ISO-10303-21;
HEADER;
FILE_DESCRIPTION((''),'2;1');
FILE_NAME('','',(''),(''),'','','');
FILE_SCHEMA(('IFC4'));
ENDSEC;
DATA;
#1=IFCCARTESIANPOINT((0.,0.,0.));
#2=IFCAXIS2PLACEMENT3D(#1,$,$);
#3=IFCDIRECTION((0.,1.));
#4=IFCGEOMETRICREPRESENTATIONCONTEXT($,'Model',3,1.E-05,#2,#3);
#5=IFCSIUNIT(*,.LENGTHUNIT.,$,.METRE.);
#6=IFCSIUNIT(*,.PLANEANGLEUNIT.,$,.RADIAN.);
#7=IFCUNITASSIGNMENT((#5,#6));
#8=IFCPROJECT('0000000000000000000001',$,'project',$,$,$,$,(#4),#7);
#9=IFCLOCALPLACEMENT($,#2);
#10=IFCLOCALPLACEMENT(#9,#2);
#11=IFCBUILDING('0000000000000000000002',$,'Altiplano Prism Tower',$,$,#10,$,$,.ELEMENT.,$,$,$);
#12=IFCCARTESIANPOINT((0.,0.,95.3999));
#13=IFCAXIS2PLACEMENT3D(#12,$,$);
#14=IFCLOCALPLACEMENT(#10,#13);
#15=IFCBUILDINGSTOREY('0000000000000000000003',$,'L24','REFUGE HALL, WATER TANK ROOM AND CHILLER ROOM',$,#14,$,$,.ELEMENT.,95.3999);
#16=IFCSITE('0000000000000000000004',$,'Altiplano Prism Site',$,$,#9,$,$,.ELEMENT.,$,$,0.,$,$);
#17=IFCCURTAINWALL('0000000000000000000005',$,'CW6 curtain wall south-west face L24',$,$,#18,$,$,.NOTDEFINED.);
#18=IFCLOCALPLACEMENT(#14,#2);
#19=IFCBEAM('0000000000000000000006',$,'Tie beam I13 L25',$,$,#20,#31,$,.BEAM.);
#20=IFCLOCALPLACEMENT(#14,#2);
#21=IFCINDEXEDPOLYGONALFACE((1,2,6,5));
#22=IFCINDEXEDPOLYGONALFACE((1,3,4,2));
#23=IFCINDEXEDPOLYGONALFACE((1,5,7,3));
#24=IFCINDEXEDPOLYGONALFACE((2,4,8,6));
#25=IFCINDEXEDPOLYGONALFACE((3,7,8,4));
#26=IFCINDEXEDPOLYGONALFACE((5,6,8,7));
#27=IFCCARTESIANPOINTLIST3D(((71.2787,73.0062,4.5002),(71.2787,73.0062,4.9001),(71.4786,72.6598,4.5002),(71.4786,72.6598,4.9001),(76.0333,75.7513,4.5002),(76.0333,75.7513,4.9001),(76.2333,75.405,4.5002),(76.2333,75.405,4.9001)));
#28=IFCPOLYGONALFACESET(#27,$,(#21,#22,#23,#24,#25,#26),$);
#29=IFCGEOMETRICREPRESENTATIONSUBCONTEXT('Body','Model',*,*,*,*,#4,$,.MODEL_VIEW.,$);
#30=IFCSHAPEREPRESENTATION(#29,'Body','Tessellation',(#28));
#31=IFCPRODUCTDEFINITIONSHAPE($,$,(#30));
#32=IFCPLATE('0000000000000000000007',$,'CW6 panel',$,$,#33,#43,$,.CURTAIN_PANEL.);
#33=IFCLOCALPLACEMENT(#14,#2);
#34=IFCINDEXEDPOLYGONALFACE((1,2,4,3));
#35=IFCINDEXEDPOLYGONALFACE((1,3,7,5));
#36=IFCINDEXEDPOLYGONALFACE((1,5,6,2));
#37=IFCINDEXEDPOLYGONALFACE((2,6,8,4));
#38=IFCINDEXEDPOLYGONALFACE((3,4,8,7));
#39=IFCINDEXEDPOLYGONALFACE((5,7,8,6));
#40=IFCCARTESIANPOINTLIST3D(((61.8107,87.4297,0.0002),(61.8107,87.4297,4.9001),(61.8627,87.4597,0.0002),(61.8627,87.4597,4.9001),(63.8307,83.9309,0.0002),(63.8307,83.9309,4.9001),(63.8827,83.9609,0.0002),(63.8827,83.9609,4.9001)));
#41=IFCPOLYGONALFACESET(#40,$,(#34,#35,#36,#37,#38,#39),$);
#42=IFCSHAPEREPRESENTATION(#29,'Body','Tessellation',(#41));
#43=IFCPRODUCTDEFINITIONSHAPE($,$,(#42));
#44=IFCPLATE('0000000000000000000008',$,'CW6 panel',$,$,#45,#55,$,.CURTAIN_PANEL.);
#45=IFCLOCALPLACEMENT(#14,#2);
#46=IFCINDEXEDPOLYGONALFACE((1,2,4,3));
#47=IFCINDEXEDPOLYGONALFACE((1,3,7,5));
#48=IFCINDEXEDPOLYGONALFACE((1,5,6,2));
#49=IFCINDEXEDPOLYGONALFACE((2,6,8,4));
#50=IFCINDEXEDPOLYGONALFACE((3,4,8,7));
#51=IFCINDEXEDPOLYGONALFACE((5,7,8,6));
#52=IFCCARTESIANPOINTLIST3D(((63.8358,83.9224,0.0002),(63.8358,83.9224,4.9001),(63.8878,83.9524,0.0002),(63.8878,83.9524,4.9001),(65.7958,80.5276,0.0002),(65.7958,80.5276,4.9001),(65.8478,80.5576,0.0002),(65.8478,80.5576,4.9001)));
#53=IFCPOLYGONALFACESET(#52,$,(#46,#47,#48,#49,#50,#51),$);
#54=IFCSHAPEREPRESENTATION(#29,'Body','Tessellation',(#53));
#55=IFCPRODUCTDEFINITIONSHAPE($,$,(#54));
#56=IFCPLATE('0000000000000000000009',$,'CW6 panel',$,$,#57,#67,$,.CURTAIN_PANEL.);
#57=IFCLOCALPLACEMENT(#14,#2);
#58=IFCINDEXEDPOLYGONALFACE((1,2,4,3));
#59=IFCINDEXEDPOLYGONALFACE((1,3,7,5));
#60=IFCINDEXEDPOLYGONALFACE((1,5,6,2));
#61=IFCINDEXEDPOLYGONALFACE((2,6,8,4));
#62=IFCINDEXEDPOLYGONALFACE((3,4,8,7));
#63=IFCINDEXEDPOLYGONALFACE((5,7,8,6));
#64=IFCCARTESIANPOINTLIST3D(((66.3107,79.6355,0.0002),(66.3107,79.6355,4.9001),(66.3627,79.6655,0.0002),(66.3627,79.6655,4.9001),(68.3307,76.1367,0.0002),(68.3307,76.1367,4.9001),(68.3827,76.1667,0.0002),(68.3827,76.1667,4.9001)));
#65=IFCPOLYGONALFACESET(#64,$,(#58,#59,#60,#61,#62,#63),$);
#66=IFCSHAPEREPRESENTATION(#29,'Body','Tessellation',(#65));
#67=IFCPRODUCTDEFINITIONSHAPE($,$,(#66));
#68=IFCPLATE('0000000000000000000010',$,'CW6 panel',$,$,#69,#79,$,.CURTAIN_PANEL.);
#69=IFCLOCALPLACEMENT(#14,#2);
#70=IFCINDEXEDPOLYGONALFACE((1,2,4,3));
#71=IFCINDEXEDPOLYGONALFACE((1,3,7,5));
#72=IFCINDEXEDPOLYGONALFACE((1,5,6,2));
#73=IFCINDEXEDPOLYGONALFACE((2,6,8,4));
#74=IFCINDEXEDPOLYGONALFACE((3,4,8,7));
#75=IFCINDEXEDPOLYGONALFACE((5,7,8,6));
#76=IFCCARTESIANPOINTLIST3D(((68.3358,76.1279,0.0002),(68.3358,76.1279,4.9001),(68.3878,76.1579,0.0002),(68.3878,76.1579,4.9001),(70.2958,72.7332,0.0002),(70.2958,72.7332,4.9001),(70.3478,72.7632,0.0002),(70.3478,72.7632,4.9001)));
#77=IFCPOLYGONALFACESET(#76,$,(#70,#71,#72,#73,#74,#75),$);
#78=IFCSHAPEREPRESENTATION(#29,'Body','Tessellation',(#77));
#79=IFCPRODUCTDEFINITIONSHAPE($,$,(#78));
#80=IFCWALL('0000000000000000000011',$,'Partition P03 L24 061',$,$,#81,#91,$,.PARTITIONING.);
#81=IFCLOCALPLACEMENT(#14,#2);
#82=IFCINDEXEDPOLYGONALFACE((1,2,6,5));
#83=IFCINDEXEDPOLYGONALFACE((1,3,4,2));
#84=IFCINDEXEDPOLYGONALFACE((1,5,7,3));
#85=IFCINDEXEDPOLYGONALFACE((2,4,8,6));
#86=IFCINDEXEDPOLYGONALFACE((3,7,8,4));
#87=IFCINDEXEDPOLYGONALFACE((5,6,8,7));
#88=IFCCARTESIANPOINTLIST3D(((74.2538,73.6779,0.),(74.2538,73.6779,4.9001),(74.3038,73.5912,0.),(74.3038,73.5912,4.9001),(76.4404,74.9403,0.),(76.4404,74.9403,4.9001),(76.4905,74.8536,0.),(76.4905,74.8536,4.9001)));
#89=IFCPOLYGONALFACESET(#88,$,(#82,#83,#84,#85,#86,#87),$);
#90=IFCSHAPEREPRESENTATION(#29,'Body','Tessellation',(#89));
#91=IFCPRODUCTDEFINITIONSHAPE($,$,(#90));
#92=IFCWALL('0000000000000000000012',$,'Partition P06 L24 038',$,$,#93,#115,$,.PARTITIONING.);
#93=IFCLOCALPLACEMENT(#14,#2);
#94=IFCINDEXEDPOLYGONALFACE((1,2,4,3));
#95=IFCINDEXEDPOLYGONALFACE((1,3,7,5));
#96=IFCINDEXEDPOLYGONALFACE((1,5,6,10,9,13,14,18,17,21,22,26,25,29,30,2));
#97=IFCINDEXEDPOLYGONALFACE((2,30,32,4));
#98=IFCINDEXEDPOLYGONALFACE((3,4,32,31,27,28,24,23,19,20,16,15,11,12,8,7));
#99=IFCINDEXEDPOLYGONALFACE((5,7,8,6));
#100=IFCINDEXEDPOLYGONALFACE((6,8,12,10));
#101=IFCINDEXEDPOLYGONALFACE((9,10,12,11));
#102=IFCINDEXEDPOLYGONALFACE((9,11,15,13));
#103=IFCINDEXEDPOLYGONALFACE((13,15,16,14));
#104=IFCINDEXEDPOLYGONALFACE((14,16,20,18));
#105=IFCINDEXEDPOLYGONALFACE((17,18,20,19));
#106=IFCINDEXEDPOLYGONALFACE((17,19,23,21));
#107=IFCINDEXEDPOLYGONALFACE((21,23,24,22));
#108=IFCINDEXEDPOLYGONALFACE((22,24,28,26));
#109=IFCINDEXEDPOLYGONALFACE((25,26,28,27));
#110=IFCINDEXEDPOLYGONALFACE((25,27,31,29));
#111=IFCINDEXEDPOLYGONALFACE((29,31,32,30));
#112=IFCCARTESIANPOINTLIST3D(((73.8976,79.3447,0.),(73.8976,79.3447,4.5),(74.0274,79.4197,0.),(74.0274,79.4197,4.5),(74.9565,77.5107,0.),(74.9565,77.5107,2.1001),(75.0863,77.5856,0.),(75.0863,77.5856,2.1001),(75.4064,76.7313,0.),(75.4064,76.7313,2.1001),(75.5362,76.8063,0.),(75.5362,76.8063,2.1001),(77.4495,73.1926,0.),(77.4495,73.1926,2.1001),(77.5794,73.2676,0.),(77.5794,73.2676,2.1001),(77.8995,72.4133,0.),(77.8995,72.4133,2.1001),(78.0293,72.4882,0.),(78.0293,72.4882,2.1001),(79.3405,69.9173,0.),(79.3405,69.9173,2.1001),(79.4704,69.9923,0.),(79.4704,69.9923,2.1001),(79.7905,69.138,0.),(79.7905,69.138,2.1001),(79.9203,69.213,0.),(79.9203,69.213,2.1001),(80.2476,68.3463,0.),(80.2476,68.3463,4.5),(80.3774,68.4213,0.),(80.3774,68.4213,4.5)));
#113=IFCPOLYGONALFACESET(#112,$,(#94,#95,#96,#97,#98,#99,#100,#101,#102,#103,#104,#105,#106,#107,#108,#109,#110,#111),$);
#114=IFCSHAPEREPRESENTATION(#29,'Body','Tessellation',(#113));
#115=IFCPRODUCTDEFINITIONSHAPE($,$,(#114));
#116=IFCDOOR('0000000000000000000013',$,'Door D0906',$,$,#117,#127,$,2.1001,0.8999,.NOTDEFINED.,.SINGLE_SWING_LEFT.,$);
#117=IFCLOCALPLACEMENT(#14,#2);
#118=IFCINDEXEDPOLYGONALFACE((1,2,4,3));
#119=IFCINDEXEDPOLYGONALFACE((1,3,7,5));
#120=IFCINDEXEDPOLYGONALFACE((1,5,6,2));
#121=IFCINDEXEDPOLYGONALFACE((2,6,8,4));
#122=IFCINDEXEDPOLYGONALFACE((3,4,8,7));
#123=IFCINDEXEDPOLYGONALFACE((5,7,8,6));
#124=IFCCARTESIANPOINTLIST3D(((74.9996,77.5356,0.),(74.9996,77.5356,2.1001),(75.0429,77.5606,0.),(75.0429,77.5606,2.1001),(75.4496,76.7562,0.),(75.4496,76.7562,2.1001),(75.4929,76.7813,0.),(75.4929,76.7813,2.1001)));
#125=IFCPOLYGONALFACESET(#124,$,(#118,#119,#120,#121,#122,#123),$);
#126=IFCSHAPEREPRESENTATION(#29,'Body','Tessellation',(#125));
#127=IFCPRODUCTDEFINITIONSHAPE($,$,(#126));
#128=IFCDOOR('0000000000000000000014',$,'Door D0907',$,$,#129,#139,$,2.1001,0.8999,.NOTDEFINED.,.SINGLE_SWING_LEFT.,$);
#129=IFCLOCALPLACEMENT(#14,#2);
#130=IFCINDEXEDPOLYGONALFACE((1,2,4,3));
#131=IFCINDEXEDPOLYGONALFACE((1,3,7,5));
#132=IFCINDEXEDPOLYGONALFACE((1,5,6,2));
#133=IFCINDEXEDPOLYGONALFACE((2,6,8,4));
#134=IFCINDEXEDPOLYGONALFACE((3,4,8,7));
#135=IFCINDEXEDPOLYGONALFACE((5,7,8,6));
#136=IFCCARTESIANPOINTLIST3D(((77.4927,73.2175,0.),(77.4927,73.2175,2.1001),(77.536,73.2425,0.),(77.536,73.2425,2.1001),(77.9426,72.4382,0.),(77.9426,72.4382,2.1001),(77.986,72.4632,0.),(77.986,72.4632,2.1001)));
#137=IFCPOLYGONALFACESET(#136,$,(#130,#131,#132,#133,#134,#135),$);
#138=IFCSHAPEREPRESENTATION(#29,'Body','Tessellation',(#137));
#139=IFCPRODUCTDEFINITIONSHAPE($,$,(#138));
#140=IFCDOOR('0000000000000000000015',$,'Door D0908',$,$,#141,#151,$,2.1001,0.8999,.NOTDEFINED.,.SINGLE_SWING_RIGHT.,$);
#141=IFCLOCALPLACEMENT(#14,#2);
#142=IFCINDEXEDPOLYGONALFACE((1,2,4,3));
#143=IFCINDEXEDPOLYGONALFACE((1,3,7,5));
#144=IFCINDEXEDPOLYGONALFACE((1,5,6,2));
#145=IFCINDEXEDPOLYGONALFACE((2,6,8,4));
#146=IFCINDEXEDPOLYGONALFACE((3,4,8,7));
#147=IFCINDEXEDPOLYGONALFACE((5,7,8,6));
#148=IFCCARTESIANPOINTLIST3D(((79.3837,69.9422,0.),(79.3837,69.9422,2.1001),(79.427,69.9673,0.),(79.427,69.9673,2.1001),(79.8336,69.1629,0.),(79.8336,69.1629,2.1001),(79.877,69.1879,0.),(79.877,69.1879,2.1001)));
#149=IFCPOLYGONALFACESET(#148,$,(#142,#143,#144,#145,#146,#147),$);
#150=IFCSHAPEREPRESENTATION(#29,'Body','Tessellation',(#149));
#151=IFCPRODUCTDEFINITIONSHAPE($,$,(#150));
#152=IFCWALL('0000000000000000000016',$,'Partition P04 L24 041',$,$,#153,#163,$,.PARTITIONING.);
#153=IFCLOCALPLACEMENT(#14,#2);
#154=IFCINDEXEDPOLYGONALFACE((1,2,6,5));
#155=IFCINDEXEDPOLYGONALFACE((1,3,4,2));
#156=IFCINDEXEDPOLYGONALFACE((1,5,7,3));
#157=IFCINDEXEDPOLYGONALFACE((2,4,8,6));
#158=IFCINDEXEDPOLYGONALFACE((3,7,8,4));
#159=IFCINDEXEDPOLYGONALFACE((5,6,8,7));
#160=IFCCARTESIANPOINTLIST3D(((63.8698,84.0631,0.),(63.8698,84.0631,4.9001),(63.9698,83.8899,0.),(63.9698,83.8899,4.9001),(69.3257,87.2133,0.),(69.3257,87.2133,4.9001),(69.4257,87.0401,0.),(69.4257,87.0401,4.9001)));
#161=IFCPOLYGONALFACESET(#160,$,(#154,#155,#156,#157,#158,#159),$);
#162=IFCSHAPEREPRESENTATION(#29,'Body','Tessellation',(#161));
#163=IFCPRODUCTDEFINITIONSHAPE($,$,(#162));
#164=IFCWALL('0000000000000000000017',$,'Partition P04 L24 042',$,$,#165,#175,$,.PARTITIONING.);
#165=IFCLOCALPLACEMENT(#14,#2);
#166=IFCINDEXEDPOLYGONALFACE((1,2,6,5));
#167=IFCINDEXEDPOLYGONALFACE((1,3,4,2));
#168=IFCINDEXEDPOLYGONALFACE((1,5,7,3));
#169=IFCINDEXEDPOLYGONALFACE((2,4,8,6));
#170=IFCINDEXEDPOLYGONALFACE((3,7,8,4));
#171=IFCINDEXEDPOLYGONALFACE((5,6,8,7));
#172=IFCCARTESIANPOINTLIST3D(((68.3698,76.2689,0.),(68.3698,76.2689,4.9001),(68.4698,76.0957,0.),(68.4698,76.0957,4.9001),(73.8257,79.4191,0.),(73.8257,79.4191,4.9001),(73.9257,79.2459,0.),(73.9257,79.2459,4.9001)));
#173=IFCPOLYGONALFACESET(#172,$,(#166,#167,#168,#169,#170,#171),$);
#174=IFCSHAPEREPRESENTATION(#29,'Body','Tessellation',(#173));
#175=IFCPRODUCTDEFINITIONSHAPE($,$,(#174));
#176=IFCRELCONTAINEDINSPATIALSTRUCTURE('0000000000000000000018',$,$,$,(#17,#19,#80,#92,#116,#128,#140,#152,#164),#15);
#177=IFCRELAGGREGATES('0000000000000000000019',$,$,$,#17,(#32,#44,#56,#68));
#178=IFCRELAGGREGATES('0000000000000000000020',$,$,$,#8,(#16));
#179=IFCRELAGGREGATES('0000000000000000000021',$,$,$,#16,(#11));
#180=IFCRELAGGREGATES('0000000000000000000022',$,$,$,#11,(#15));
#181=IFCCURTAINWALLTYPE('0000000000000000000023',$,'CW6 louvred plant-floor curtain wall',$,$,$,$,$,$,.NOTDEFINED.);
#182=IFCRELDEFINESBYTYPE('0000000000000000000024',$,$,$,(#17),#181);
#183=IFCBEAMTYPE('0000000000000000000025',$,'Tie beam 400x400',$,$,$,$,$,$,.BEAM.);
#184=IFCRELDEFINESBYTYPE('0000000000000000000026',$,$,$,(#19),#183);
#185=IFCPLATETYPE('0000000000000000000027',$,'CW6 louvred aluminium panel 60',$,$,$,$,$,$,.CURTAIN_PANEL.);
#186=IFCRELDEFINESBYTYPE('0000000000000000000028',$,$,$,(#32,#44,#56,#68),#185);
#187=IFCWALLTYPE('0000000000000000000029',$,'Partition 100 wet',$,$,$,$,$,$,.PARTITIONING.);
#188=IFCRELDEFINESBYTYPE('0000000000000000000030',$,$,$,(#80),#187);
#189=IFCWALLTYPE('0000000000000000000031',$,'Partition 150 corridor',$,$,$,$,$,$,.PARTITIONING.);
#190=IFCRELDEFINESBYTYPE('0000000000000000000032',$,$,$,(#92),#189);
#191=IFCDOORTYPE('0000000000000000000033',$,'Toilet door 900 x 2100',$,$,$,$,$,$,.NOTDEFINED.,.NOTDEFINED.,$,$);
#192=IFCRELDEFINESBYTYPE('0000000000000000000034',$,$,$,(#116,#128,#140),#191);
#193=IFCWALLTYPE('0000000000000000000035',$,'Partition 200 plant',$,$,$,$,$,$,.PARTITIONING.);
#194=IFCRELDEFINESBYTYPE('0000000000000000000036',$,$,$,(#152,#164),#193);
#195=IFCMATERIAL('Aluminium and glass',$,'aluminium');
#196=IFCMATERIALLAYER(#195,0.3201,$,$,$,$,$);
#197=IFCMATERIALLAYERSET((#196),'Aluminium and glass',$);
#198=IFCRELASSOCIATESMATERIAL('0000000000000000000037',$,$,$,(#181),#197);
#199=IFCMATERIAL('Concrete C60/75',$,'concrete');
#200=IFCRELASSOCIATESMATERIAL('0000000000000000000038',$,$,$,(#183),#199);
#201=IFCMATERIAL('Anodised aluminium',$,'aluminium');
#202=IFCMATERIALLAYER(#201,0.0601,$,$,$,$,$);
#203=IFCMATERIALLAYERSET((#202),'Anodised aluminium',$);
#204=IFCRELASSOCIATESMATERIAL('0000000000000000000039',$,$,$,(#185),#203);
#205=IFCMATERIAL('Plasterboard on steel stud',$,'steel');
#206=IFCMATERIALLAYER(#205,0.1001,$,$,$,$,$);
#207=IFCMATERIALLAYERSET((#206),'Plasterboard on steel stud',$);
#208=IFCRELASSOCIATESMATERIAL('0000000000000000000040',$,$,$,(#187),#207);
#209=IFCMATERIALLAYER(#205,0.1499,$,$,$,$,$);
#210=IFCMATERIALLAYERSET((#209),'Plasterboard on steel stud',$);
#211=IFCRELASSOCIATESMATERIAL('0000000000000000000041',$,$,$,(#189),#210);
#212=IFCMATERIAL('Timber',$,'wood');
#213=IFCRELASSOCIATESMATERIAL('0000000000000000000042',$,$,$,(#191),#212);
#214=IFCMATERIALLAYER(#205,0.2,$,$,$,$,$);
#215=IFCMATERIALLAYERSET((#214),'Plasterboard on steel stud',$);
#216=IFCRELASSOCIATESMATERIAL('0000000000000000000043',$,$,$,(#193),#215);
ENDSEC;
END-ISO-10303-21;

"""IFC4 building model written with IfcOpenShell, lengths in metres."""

from ifc_helpers import new_model, si_unit, direction, frame, frame_2d, origin, origin_2d, place, context, subcontext, project, spatial, rectangle, extrude, material, layer, layer_set, material_profile, profile_set, type_object, element, fill, aggregate, save


model = new_model("IFC4")

# Units and contexts
model_context = context("Model", 3, precision=1e-05, world=origin(), true_north=direction((0.0, 1.0)))
body_context = subcontext(model_context, "Body", "Model", "MODEL_VIEW")
ifc_project = project(units=[si_unit("LENGTHUNIT", "METRE"), si_unit("PLANEANGLEUNIT", "RADIAN")], contexts=[model_context])

# Site, building, storey
site_placement = place(None, origin())
site = spatial("IfcSite", under=ifc_project, at=site_placement, Name="Altiplano Prism Site", CompositionType="ELEMENT", RefElevation=0.0)
building_placement = place(site_placement, origin())
building = spatial("IfcBuilding", under=site, at=building_placement, Name="Altiplano Prism Tower", CompositionType="ELEMENT")
storey_placement = place(building_placement, frame((0.0, 0.0, 95.3999)))
storey = spatial("IfcBuildingStorey", under=building, at=storey_placement, Name="L24", Description="REFUGE HALL, WATER TANK ROOM AND CHILLER ROOM", CompositionType="ELEMENT", Elevation=95.3999)

# Shared definitions
ifc_material_1 = material(Name="Concrete C60/75", Category="concrete")

# Curtain wall
ifc_material_2 = material(Name="Aluminium and glass", Category="aluminium")
ifc_layer_1 = layer(ifc_material_2, 0.3201)
ifc_layer_set_1 = layer_set([ifc_layer_1], Name="Aluminium and glass")
curtain_wall_type = type_object("IfcCurtainWallType", Name="CW6 louvred plant-floor curtain wall", PredefinedType="NOTDEFINED", material=ifc_layer_set_1)
curtain_wall_placement = place(storey_placement, origin())
curtain_wall = element("IfcCurtainWall", 1, at=curtain_wall_placement, inside=storey, type_object=curtain_wall_type, Name="CW6 curtain wall south-west face L24", PredefinedType="NOTDEFINED")

# Beam
ifc_material_profile_1 = material_profile(ifc_material_1, rectangle(XDim=0.3999, YDim=0.3999, at=origin_2d()), Name="Tie beam 400x400")
ifc_profile_set_1 = profile_set([ifc_material_profile_1], Name="Concrete C60/75")
beam_type = type_object("IfcBeamType", Name="Tie beam 400x400", PredefinedType="BEAM", material=ifc_profile_set_1)
for number, where, z_axis, x_axis, name in (
    (2, (76.1333, 75.5781, 4.7002), (-0.866023, -0.500003, 0.0), (0.500003, -0.866023, 0.0), "Tie beam I13 L25"),
):
    element("IfcBeam", number, at=place(storey_placement, frame(where, z_axis=z_axis, x_axis=x_axis)), inside=storey, type_object=beam_type, Name=name, PredefinedType="BEAM", context=body_context, shape_type="SweptSolid", body=[
        extrude(rectangle(XDim=0.3999, YDim=0.3999, at=origin_2d()), origin(), (0.0, 0.0, 1.0), 5.4902),
    ])

# Plates
ifc_material_3 = material(Name="Anodised aluminium", Category="aluminium")
ifc_layer_2 = layer(ifc_material_3, 0.0601)
ifc_layer_set_2 = layer_set([ifc_layer_2], Name="Anodised aluminium")
plate_type = type_object("IfcPlateType", Name="CW6 louvred aluminium panel 60", PredefinedType="CURTAIN_PANEL", material=ifc_layer_set_2)
plate_1_placement = place(storey_placement, frame((62.8467, 85.6953, 0.0002), z_axis=(0.0, 0.0, 1.0), x_axis=(0.5, -0.866025, 0.0)))
plate_1 = element("IfcPlate", 3, at=plate_1_placement, type_object=plate_type, Name="CW6 panel", PredefinedType="CURTAIN_PANEL", context=body_context, shape_type="SweptSolid", body=[
    extrude(rectangle(XDim=4.04, YDim=0.0601, at=origin_2d()), origin(), (0.0, 0.0, 1.0), 4.8999),
])
plate_2_placement = place(storey_placement, frame((64.8418, 82.24, 0.0002), z_axis=(0.0, 0.0, 1.0), x_axis=(0.5, -0.866025, 0.0)))
plate_2 = element("IfcPlate", 4, at=plate_2_placement, type_object=plate_type, Name="CW6 panel", PredefinedType="CURTAIN_PANEL", context=body_context, shape_type="SweptSolid", body=[
    extrude(rectangle(XDim=3.9199, YDim=0.0601, at=origin_2d()), origin(), (0.0, 0.0, 1.0), 4.8999),
])
plate_3_placement = place(storey_placement, frame((67.3467, 77.9011, 0.0002), z_axis=(0.0, 0.0, 1.0), x_axis=(0.5, -0.866025, 0.0)))
plate_3 = element("IfcPlate", 5, at=plate_3_placement, type_object=plate_type, Name="CW6 panel", PredefinedType="CURTAIN_PANEL", context=body_context, shape_type="SweptSolid", body=[
    extrude(rectangle(XDim=4.04, YDim=0.0601, at=origin_2d()), origin(), (0.0, 0.0, 1.0), 4.8999),
])
plate_4_placement = place(storey_placement, frame((69.3418, 74.4456, 0.0002), z_axis=(0.0, 0.0, 1.0), x_axis=(0.5, -0.866025, 0.0)))
plate_4 = element("IfcPlate", 6, at=plate_4_placement, type_object=plate_type, Name="CW6 panel", PredefinedType="CURTAIN_PANEL", context=body_context, shape_type="SweptSolid", body=[
    extrude(rectangle(XDim=3.9199, YDim=0.0601, at=origin_2d()), origin(), (0.0, 0.0, 1.0), 4.8999),
])
aggregate(curtain_wall, [plate_1, plate_2, plate_3, plate_4])

# Wall
ifc_material_4 = material(Name="Plasterboard on steel stud", Category="steel")
ifc_layer_3 = layer(ifc_material_4, 0.1001)
ifc_layer_set_3 = layer_set([ifc_layer_3], Name="Plasterboard on steel stud")
wall_type_1 = type_object("IfcWallType", Name="Partition 100 wet", PredefinedType="PARTITIONING", material=ifc_layer_set_3)
wall_1_placement = place(storey_placement, frame((74.2788, 73.6345, 0.0), z_axis=(0.0, 0.0, 1.0), x_axis=(0.866039, 0.499976, 0.0)))
element("IfcWall", 7, at=wall_1_placement, inside=storey, type_object=wall_type_1, Name="Partition P03 L24 061", PredefinedType="PARTITIONING", context=body_context, shape_type="SweptSolid", body=[
    extrude(rectangle(XDim=2.5249, YDim=0.1001, at=frame_2d((1.2625, 0.0))), origin(), (0.0, 0.0, 1.0), 4.9001),
])

# Wall, openings, doors
ifc_layer_4 = layer(ifc_material_4, 0.1499)
ifc_layer_set_4 = layer_set([ifc_layer_4], Name="Plasterboard on steel stud")
wall_type_2 = type_object("IfcWallType", Name="Partition 150 corridor", PredefinedType="PARTITIONING", material=ifc_layer_set_4)
wall_2_placement = place(storey_placement, frame((73.9624, 79.3823, 0.0), z_axis=(0.0, 0.0, 1.0), x_axis=(0.500005, -0.866022, 0.0)))
wall_2 = element("IfcWall", 8, at=wall_2_placement, inside=storey, type_object=wall_type_2, Name="Partition P06 L24 038", PredefinedType="PARTITIONING", context=body_context, shape_type="SweptSolid", body=[
    extrude(rectangle(XDim=12.7, YDim=0.1499, at=frame_2d((6.3501, 0.0))), origin(), (0.0, 0.0, 1.0), 4.5),
])
opening_1_placement = place(wall_2_placement, frame((2.1179, 0.0, 0.0)))
opening_1 = element("IfcOpeningElement", 9, at=opening_1_placement, cuts=wall_2, PredefinedType="OPENING", context=body_context, shape_type="SweptSolid", body=[
    extrude(rectangle(XDim=0.8999, YDim=2.1001, at=frame_2d((0.45, 1.05))), frame((0.0, 0.0854, 0.0), z_axis=(0.0, -1.0, 0.0), x_axis=(1.0, 0.0, 0.0)), (0.0, 0.0, 1.0), 0.1709),
])
opening_2_placement = place(wall_2_placement, frame((7.104, 0.0, 0.0)))
opening_2 = element("IfcOpeningElement", 10, at=opening_2_placement, cuts=wall_2, PredefinedType="OPENING", context=body_context, shape_type="SweptSolid", body=[
    extrude(rectangle(XDim=0.8999, YDim=2.1001, at=frame_2d((0.45, 1.05))), frame((0.0, 0.0854, 0.0), z_axis=(0.0, -1.0, 0.0), x_axis=(1.0, 0.0, 0.0)), (0.0, 0.0, 1.0), 0.1709),
])
opening_3_placement = place(wall_2_placement, frame((10.886, 0.0, 0.0)))
opening_3 = element("IfcOpeningElement", 11, at=opening_3_placement, cuts=wall_2, PredefinedType="OPENING", context=body_context, shape_type="SweptSolid", body=[
    extrude(rectangle(XDim=0.8999, YDim=2.1001, at=frame_2d((0.45, 1.05))), frame((0.0, 0.0854, 0.0), z_axis=(0.0, -1.0, 0.0), x_axis=(1.0, 0.0, 0.0)), (0.0, 0.0, 1.0), 0.1709),
])
ifc_material_5 = material(Name="Timber", Category="wood")
door_type = type_object("IfcDoorType", Name="Toilet door 900 x 2100", OperationType="NOTDEFINED", PredefinedType="NOTDEFINED", material=ifc_material_5)
door_1_placement = place(opening_1_placement, origin())
door_1 = element("IfcDoor", 12, at=door_1_placement, inside=storey, type_object=door_type, Name="Door D0906", OperationType="SINGLE_SWING_LEFT", OverallHeight=2.1001, OverallWidth=0.8999, PredefinedType="NOTDEFINED", context=body_context, shape_type="SweptSolid", body=[
    extrude(rectangle(XDim=0.8999, YDim=2.1001, at=frame_2d((0.45, 1.05))), frame((0.0, 0.0249, 0.0), z_axis=(0.0, -1.0, 0.0), x_axis=(1.0, 0.0, 0.0)), (0.0, 0.0, 1.0), 0.05),
])
fill(opening_1, door_1)
door_2_placement = place(opening_2_placement, origin())
door_2 = element("IfcDoor", 13, at=door_2_placement, inside=storey, type_object=door_type, Name="Door D0907", OperationType="SINGLE_SWING_LEFT", OverallHeight=2.1001, OverallWidth=0.8999, PredefinedType="NOTDEFINED", context=body_context, shape_type="SweptSolid", body=[
    extrude(rectangle(XDim=0.8999, YDim=2.1001, at=frame_2d((0.45, 1.05))), frame((0.0, 0.0249, 0.0), z_axis=(0.0, -1.0, 0.0), x_axis=(1.0, 0.0, 0.0)), (0.0, 0.0, 1.0), 0.05),
])
fill(opening_2, door_2)
door_3_placement = place(opening_3_placement, origin())
door_3 = element("IfcDoor", 14, at=door_3_placement, inside=storey, type_object=door_type, Name="Door D0908", OperationType="SINGLE_SWING_RIGHT", OverallHeight=2.1001, OverallWidth=0.8999, PredefinedType="NOTDEFINED", context=body_context, shape_type="SweptSolid", body=[
    extrude(rectangle(XDim=0.8999, YDim=2.1001, at=frame_2d((0.45, 1.05))), frame((0.0, 0.0249, 0.0), z_axis=(0.0, -1.0, 0.0), x_axis=(1.0, 0.0, 0.0)), (0.0, 0.0, 1.0), 0.05),
])
fill(opening_3, door_3)

# Walls
ifc_layer_5 = layer(ifc_material_4, 0.2)
ifc_layer_set_5 = layer_set([ifc_layer_5], Name="Plasterboard on steel stud")
wall_type_3 = type_object("IfcWallType", Name="Partition 200 plant", PredefinedType="PARTITIONING", material=ifc_layer_set_5)
for number, where, z_axis, x_axis, name in (
    (15, (63.9199, 83.9766, 0.0), (0.0, 0.0, 1.0), (0.866009, 0.500028, 0.0), "Partition P04 L24 041"),
    (16, (68.4199, 76.1824, 0.0), (0.0, 0.0, 1.0), (0.866009, 0.500028, 0.0), "Partition P04 L24 042"),
):
    element("IfcWall", number, at=place(storey_placement, frame(where, z_axis=z_axis, x_axis=x_axis)), inside=storey, type_object=wall_type_3, Name=name, PredefinedType="PARTITIONING", context=body_context, shape_type="SweptSolid", body=[
        extrude(rectangle(XDim=6.3, YDim=0.2, at=frame_2d((3.1499, 0.0))), origin(), (0.0, 0.0, 1.0), 4.9001),
    ])

save(model, "model.ifc")
